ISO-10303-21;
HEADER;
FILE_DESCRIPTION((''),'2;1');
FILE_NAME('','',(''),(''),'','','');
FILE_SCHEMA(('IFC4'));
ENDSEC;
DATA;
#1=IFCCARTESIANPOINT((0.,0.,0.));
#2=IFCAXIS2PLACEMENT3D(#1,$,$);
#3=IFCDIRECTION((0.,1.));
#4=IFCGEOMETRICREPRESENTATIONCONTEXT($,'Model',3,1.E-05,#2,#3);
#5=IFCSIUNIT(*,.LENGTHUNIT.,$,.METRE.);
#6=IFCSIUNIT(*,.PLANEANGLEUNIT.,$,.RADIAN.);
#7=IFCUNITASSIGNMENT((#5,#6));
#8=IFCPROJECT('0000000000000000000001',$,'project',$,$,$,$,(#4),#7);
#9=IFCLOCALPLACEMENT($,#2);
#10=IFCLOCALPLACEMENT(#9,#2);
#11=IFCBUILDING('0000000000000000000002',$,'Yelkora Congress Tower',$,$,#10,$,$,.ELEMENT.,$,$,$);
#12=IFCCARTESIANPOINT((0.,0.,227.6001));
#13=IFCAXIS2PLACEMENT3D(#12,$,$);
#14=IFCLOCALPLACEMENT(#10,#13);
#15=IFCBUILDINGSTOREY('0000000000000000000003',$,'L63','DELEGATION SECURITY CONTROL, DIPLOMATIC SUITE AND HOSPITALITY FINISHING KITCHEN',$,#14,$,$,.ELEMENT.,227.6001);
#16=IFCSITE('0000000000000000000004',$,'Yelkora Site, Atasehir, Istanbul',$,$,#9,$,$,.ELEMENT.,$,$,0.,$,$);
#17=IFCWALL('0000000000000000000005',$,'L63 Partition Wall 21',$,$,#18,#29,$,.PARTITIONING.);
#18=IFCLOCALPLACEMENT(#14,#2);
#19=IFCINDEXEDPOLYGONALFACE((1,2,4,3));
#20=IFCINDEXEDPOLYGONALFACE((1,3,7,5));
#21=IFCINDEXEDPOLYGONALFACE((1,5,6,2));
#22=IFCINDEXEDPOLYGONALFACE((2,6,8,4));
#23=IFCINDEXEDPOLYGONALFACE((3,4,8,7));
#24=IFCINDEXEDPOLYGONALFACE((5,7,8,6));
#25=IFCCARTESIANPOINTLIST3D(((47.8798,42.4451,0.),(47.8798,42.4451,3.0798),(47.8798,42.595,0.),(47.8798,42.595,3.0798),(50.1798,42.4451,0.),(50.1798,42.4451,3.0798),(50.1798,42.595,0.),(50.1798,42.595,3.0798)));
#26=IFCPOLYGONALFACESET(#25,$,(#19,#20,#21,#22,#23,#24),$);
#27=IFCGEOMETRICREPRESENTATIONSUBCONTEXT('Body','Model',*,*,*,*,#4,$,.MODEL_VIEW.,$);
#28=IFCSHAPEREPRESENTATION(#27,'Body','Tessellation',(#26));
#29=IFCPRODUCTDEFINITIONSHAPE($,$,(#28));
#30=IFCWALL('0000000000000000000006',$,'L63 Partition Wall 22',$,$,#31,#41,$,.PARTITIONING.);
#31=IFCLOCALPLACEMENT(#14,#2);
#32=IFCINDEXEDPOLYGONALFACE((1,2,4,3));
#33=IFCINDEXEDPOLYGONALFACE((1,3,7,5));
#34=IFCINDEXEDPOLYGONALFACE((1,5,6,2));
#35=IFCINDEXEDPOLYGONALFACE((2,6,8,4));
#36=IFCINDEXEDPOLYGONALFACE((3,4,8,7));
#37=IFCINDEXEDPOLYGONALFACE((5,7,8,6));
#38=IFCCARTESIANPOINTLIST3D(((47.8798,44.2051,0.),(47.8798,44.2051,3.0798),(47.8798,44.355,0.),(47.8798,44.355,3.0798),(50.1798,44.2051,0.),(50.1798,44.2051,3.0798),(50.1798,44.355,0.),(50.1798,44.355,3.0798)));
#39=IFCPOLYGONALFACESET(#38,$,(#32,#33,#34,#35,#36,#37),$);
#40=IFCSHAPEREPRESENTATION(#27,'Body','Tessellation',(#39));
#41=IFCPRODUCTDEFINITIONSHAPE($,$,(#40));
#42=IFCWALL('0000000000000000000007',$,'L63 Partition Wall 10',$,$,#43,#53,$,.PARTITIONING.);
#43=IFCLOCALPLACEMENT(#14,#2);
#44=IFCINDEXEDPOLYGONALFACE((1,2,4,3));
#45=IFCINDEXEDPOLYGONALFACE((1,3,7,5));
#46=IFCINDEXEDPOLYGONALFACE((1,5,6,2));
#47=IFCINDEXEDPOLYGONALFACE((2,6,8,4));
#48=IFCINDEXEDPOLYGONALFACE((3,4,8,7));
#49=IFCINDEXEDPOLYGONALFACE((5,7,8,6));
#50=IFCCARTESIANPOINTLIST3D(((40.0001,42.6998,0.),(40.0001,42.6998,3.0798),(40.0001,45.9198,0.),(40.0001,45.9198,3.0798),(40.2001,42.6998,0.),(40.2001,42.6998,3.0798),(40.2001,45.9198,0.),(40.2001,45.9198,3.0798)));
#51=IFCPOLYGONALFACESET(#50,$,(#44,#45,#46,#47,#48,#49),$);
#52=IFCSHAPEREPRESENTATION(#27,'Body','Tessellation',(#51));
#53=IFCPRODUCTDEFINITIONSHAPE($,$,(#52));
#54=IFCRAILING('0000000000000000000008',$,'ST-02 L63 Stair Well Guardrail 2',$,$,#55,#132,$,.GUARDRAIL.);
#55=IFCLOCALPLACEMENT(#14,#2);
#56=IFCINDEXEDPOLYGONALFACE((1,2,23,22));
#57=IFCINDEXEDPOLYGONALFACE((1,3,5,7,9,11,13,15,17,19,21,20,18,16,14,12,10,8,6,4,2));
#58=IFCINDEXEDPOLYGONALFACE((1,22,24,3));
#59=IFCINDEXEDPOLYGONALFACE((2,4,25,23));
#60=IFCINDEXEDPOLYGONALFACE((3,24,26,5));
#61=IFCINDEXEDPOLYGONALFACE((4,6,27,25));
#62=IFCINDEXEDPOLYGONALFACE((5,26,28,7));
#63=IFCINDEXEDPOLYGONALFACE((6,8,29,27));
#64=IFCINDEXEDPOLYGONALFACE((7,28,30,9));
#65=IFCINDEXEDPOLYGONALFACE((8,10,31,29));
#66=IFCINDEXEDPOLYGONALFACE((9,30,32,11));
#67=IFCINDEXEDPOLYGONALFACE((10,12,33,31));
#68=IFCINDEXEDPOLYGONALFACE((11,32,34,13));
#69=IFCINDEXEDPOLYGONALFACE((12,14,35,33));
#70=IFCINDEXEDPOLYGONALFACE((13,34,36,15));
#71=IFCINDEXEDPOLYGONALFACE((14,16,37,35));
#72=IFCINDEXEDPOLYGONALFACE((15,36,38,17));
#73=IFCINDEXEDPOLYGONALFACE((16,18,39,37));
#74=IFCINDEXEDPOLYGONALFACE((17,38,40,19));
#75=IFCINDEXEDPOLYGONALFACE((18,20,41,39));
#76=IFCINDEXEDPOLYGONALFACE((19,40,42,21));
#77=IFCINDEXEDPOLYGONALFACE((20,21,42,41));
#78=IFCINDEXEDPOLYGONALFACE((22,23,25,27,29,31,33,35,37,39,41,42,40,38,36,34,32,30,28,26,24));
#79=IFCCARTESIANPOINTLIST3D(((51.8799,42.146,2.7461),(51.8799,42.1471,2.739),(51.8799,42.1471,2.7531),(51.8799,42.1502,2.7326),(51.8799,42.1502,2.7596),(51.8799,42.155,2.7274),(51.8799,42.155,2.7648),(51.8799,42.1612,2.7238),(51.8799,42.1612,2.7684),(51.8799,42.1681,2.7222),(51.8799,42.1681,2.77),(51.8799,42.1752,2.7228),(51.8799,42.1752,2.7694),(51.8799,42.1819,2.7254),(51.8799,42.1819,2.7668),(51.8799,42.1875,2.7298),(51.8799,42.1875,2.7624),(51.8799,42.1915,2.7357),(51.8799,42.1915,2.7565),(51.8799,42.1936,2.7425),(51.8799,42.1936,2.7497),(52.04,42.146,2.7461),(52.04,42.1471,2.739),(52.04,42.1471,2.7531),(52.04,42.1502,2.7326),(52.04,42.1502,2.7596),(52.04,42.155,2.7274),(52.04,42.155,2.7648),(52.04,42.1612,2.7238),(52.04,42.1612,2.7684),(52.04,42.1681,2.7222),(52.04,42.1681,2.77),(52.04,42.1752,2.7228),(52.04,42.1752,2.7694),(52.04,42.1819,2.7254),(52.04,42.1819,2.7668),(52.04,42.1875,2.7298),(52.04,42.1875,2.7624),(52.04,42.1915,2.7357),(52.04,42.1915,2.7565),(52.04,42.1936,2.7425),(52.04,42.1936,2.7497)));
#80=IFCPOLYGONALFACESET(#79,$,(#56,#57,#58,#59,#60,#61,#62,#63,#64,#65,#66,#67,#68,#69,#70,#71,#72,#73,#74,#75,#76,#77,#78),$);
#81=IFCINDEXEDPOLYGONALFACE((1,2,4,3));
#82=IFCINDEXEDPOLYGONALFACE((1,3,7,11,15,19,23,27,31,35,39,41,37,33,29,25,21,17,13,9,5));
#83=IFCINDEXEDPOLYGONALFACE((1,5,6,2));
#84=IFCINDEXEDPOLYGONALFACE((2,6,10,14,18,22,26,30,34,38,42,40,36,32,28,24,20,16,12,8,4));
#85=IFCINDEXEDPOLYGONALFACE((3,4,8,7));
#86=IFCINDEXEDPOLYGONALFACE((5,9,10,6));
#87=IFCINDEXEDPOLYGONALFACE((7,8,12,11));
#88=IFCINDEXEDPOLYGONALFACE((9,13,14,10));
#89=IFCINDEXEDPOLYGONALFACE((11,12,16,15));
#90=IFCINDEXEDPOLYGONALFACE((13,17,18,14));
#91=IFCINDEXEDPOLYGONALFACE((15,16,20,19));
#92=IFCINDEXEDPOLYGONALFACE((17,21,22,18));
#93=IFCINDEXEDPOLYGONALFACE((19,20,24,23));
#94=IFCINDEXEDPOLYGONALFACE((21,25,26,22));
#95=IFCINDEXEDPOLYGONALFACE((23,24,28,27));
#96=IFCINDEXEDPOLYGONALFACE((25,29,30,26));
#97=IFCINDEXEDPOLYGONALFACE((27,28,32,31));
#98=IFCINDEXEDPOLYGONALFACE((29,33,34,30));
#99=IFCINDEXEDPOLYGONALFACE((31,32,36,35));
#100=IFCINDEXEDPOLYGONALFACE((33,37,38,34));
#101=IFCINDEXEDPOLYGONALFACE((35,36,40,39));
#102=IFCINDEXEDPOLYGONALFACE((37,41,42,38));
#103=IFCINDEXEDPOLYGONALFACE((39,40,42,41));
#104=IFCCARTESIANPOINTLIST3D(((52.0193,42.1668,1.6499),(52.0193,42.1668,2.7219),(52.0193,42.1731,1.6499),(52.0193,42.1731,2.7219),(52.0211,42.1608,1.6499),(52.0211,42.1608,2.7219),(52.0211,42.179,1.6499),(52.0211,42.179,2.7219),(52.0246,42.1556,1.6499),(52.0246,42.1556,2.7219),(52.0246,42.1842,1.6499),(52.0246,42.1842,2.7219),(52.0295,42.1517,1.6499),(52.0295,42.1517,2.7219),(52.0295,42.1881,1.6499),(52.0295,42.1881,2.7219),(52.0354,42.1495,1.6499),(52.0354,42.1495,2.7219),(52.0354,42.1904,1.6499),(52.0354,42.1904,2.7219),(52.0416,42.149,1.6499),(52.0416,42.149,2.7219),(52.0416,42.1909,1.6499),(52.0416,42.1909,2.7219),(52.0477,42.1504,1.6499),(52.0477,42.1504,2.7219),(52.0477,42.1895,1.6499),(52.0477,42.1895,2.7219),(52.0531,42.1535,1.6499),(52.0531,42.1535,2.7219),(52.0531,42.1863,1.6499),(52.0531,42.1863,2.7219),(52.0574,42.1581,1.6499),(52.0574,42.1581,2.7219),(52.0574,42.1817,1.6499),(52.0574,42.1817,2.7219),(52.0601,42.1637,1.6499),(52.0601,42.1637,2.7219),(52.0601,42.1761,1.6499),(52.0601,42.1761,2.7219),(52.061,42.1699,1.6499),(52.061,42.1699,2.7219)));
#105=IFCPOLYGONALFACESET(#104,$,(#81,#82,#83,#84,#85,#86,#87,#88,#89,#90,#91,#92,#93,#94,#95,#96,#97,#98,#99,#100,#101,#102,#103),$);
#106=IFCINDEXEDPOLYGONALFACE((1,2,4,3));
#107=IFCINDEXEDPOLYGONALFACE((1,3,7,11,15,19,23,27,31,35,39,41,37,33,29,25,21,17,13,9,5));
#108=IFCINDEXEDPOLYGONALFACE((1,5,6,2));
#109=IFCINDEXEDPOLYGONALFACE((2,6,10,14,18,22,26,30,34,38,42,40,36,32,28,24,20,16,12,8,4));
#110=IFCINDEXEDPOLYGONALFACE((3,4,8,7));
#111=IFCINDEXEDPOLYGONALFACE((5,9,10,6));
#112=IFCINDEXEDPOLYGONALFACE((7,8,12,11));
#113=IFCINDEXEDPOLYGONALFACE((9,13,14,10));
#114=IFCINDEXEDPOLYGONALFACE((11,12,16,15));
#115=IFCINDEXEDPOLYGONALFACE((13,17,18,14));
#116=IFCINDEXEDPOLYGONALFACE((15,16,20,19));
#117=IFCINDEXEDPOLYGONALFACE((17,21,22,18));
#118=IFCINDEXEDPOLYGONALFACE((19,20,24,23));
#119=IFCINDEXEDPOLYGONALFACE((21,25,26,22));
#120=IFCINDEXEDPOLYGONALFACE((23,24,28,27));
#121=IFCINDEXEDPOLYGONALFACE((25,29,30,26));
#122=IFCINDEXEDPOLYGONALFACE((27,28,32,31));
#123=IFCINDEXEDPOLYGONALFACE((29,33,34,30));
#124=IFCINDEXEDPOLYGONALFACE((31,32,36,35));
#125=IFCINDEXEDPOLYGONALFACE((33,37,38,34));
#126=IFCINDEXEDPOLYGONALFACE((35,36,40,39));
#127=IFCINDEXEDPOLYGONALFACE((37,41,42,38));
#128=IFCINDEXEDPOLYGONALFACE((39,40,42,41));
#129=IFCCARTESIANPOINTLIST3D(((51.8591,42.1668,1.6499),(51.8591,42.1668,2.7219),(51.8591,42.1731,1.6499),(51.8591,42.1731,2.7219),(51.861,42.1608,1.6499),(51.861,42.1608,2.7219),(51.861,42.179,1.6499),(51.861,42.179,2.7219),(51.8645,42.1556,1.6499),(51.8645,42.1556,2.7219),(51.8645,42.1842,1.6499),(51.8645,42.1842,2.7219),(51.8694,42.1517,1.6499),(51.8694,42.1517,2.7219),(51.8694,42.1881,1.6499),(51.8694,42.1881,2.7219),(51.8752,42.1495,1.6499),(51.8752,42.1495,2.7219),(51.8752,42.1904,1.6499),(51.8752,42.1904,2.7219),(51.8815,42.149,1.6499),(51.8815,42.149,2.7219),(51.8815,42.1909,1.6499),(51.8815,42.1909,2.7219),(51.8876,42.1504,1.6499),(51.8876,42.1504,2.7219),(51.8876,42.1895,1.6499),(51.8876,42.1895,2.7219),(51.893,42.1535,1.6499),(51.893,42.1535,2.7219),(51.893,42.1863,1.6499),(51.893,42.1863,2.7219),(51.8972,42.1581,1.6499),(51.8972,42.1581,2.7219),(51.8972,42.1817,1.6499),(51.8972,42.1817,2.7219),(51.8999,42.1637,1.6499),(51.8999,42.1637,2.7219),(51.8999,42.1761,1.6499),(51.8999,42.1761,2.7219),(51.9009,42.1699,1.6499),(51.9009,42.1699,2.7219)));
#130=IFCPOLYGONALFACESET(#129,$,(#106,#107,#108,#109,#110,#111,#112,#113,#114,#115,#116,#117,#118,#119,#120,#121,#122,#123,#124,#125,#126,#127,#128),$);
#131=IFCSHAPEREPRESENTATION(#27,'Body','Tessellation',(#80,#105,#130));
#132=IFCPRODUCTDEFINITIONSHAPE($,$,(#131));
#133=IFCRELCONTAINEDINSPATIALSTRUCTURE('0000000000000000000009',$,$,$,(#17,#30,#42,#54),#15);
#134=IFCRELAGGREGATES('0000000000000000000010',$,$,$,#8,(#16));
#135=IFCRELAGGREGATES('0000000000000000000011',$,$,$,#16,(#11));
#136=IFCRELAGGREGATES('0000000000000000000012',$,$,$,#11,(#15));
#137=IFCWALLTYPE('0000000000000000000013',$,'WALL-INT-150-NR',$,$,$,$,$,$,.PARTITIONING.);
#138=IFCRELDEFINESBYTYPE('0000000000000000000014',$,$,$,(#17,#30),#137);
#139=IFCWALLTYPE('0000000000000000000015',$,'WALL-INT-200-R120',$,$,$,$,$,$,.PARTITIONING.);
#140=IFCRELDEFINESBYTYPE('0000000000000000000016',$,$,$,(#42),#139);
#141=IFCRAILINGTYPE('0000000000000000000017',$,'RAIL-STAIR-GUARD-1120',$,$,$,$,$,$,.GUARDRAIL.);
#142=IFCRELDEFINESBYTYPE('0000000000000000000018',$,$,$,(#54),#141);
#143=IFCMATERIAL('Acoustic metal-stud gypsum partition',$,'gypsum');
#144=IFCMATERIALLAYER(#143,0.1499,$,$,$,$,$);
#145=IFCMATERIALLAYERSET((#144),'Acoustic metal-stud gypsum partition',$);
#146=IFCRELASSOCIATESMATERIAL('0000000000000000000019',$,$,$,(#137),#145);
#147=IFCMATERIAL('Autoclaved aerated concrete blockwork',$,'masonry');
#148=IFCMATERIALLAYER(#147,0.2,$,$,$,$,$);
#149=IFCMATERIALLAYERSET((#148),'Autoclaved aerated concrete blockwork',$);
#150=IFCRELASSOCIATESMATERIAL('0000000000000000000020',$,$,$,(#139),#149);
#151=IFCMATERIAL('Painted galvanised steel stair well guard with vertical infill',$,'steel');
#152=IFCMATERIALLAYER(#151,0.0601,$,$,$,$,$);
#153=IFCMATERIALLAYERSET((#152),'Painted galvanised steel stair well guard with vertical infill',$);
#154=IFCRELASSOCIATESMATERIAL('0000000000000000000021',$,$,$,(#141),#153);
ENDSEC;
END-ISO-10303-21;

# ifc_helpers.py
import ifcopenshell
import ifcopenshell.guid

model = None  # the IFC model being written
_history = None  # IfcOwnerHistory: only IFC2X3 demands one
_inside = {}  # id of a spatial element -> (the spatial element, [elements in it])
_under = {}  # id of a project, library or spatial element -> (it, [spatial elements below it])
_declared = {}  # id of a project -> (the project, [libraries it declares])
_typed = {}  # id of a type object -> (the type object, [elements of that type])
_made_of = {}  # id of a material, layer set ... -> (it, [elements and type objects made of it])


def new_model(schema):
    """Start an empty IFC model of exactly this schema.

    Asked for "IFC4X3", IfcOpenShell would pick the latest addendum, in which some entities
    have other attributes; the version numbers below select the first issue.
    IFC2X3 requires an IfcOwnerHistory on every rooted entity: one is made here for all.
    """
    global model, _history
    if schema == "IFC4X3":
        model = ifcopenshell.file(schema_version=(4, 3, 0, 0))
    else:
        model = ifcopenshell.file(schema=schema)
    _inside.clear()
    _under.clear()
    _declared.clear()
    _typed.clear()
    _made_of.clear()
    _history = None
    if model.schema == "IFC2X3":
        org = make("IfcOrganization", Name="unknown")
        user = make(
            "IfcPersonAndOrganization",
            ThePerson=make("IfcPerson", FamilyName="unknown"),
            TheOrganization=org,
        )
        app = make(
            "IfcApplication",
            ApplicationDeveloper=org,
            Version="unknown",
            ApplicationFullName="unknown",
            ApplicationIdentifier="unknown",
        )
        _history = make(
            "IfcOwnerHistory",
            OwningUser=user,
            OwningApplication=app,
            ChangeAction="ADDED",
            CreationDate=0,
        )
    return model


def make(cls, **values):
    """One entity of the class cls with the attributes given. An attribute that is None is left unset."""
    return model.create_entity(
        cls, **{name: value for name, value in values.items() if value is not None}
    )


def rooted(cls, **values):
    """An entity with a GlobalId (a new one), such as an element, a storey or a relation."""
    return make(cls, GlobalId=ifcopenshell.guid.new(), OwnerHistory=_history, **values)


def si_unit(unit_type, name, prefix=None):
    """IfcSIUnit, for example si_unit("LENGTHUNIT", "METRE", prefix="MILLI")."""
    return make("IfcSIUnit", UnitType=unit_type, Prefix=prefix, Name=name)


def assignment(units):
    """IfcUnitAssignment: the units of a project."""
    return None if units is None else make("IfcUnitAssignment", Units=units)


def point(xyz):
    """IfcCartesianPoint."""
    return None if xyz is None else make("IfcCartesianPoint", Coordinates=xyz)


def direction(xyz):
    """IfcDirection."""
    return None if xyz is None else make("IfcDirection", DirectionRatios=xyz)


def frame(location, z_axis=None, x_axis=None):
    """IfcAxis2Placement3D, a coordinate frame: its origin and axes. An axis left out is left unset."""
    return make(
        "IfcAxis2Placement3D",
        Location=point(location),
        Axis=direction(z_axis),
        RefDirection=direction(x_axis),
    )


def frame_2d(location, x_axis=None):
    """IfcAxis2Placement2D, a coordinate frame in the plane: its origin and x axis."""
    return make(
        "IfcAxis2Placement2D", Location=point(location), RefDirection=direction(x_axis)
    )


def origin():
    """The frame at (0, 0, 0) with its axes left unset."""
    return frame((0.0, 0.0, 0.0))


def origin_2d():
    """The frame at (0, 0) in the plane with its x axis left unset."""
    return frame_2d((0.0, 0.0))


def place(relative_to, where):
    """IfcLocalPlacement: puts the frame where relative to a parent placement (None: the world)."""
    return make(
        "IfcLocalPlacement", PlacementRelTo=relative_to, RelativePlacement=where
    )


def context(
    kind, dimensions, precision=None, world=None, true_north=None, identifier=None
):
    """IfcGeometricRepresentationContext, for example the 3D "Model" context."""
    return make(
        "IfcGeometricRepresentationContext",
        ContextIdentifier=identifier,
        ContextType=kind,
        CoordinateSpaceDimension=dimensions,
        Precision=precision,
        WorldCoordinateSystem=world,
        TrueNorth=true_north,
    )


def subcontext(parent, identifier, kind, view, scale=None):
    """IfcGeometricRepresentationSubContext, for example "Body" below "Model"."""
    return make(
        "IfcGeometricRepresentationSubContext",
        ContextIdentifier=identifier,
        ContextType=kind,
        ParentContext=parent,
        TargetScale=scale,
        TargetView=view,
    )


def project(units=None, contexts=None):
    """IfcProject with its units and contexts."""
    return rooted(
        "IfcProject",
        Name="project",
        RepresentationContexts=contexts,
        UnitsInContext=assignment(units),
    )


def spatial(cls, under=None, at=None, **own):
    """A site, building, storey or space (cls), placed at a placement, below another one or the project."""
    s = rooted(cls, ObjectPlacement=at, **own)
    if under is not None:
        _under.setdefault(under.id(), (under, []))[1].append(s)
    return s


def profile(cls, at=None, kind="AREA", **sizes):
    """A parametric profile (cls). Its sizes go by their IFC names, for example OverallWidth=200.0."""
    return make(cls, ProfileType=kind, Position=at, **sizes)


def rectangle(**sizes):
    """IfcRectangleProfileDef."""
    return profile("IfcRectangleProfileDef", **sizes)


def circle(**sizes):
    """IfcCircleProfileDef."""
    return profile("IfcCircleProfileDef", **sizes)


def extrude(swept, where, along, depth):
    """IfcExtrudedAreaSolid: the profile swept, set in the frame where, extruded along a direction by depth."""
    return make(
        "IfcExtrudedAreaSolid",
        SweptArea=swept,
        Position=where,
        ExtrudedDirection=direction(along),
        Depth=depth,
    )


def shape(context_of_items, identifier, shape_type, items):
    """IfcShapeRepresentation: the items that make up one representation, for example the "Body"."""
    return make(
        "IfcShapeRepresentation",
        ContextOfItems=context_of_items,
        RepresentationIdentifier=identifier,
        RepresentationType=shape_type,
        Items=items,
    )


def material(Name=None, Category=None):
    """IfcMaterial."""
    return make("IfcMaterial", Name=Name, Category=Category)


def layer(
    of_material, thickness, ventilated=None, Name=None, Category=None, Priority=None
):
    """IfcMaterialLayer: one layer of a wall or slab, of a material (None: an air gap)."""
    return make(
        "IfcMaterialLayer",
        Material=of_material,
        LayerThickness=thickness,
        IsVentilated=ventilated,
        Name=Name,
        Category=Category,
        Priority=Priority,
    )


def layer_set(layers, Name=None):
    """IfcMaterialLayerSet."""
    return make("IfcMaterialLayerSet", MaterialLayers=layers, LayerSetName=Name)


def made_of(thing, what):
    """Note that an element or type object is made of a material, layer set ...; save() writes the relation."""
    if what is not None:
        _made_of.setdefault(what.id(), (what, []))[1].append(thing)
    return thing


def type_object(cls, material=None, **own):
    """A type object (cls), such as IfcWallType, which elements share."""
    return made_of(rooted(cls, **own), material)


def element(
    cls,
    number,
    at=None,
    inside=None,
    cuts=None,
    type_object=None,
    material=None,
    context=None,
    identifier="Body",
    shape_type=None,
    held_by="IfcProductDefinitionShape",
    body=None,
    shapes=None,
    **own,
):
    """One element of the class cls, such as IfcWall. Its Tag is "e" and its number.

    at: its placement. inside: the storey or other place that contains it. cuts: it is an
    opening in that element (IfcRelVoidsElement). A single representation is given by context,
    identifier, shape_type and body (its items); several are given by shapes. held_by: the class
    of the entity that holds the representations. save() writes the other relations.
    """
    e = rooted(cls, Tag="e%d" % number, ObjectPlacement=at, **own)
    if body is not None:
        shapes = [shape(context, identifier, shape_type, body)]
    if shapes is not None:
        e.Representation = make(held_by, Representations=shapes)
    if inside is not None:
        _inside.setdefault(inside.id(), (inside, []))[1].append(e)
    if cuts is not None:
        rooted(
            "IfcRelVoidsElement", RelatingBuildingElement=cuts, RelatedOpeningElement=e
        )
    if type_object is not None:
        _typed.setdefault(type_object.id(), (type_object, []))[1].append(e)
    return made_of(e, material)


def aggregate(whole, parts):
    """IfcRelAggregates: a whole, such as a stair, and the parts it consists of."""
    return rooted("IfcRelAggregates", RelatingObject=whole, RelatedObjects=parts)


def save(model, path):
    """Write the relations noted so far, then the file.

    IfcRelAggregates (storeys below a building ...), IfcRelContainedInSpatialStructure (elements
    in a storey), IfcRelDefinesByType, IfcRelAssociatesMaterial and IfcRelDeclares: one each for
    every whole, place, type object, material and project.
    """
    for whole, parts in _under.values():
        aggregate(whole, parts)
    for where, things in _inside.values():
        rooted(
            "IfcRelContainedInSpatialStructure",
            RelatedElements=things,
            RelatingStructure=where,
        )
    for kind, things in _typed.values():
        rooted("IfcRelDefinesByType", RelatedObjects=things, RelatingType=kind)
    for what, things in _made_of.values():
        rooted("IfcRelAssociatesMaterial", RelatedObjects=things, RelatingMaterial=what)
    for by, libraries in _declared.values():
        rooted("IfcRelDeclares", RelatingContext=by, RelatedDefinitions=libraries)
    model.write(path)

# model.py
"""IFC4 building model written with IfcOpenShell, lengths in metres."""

from ifc_helpers import new_model, si_unit, direction, frame, frame_2d, origin, origin_2d, place, context, subcontext, project, spatial, rectangle, circle, extrude, material, layer, layer_set, type_object, element, save


model = new_model("IFC4")

# Units and contexts
model_context = context("Model", 3, precision=1e-05, world=origin(), true_north=direction((0.0, 1.0)))
body_context = subcontext(model_context, "Body", "Model", "MODEL_VIEW")
ifc_project = project(units=[si_unit("LENGTHUNIT", "METRE"), si_unit("PLANEANGLEUNIT", "RADIAN")], contexts=[model_context])

# Site, building, storey
site_placement = place(None, origin())
site = spatial("IfcSite", under=ifc_project, at=site_placement, Name="Yelkora Site, Atasehir, Istanbul", CompositionType="ELEMENT", RefElevation=0.0)
building_placement = place(site_placement, origin())
building = spatial("IfcBuilding", under=site, at=building_placement, Name="Yelkora Congress Tower", CompositionType="ELEMENT")
storey_placement = place(building_placement, frame((0.0, 0.0, 227.6001)))
storey = spatial("IfcBuildingStorey", under=building, at=storey_placement, Name="L63", Description="DELEGATION SECURITY CONTROL, DIPLOMATIC SUITE AND HOSPITALITY FINISHING KITCHEN", CompositionType="ELEMENT", Elevation=227.6001)

# Walls
ifc_material_1 = material(Name="Acoustic metal-stud gypsum partition", Category="gypsum")
ifc_layer_1 = layer(ifc_material_1, 0.1499)
ifc_layer_set_1 = layer_set([ifc_layer_1], Name="Acoustic metal-stud gypsum partition")
wall_type_1 = type_object("IfcWallType", Name="WALL-INT-150-NR", PredefinedType="PARTITIONING", material=ifc_layer_set_1)
for number, where, z_axis, x_axis, name in (
    (1, (47.8799, 42.52, 0.0), (0.0, 0.0, 1.0), (1.0, 0.0, 0.0), "L63 Partition Wall 21"),
    (2, (47.8799, 44.28, 0.0), (0.0, 0.0, 1.0), (1.0, 0.0, 0.0), "L63 Partition Wall 22"),
):
    element("IfcWall", number, at=place(storey_placement, frame(where, z_axis=z_axis, x_axis=x_axis)), inside=storey, type_object=wall_type_1, Name=name, PredefinedType="PARTITIONING", context=body_context, shape_type="SweptSolid", body=[
        extrude(rectangle(XDim=2.3, YDim=0.1499, at=frame_2d((1.1499, 0.0))), origin(), (0.0, 0.0, 1.0), 3.0798),
    ])
ifc_material_2 = material(Name="Autoclaved aerated concrete blockwork", Category="masonry")
ifc_layer_2 = layer(ifc_material_2, 0.2)
ifc_layer_set_2 = layer_set([ifc_layer_2], Name="Autoclaved aerated concrete blockwork")
wall_type_2 = type_object("IfcWallType", Name="WALL-INT-200-R120", PredefinedType="PARTITIONING", material=ifc_layer_set_2)
wall_placement = place(storey_placement, frame((40.1001, 42.7, 0.0), z_axis=(0.0, 0.0, 1.0), x_axis=(0.0, 1.0, 0.0)))
element("IfcWall", 3, at=wall_placement, inside=storey, type_object=wall_type_2, Name="L63 Partition Wall 10", PredefinedType="PARTITIONING", context=body_context, shape_type="SweptSolid", body=[
    extrude(rectangle(XDim=3.22, YDim=0.2, at=frame_2d((1.6099, 0.0))), origin(), (0.0, 0.0, 1.0), 3.0798),
])

# Railing
ifc_material_3 = material(Name="Painted galvanised steel stair well guard with vertical infill", Category="steel")
ifc_layer_3 = layer(ifc_material_3, 0.0601)
ifc_layer_set_3 = layer_set([ifc_layer_3], Name="Painted galvanised steel stair well guard with vertical infill")
railing_type = type_object("IfcRailingType", Name="RAIL-STAIR-GUARD-1120", PredefinedType="GUARDRAIL", material=ifc_layer_set_3)
railing_1_placement = place(storey_placement, frame((52.04, 42.1699, 1.6499)))
element("IfcRailing", 4, at=railing_1_placement, inside=storey, type_object=railing_type, Name="ST-02 L63 Stair Well Guardrail 2", PredefinedType="GUARDRAIL", context=body_context, shape_type="SweptSolid", body=[
    extrude(circle(Radius=0.0239, at=origin_2d()), frame((0.0, 0.0, 1.0962), z_axis=(-1.0, 0.0, 0.0), x_axis=(0.0, -1.0, 0.0)), (0.0, 0.0, 1.0), 0.1602),
    extrude(circle(Radius=0.021, at=origin_2d()), origin(), (0.0, 0.0, 1.0), 1.072),
    extrude(circle(Radius=0.021, at=origin_2d()), frame((-0.1602, 0.0, 0.0)), (0.0, 0.0, 1.0), 1.072),
])

save(model, "model.ifc")
